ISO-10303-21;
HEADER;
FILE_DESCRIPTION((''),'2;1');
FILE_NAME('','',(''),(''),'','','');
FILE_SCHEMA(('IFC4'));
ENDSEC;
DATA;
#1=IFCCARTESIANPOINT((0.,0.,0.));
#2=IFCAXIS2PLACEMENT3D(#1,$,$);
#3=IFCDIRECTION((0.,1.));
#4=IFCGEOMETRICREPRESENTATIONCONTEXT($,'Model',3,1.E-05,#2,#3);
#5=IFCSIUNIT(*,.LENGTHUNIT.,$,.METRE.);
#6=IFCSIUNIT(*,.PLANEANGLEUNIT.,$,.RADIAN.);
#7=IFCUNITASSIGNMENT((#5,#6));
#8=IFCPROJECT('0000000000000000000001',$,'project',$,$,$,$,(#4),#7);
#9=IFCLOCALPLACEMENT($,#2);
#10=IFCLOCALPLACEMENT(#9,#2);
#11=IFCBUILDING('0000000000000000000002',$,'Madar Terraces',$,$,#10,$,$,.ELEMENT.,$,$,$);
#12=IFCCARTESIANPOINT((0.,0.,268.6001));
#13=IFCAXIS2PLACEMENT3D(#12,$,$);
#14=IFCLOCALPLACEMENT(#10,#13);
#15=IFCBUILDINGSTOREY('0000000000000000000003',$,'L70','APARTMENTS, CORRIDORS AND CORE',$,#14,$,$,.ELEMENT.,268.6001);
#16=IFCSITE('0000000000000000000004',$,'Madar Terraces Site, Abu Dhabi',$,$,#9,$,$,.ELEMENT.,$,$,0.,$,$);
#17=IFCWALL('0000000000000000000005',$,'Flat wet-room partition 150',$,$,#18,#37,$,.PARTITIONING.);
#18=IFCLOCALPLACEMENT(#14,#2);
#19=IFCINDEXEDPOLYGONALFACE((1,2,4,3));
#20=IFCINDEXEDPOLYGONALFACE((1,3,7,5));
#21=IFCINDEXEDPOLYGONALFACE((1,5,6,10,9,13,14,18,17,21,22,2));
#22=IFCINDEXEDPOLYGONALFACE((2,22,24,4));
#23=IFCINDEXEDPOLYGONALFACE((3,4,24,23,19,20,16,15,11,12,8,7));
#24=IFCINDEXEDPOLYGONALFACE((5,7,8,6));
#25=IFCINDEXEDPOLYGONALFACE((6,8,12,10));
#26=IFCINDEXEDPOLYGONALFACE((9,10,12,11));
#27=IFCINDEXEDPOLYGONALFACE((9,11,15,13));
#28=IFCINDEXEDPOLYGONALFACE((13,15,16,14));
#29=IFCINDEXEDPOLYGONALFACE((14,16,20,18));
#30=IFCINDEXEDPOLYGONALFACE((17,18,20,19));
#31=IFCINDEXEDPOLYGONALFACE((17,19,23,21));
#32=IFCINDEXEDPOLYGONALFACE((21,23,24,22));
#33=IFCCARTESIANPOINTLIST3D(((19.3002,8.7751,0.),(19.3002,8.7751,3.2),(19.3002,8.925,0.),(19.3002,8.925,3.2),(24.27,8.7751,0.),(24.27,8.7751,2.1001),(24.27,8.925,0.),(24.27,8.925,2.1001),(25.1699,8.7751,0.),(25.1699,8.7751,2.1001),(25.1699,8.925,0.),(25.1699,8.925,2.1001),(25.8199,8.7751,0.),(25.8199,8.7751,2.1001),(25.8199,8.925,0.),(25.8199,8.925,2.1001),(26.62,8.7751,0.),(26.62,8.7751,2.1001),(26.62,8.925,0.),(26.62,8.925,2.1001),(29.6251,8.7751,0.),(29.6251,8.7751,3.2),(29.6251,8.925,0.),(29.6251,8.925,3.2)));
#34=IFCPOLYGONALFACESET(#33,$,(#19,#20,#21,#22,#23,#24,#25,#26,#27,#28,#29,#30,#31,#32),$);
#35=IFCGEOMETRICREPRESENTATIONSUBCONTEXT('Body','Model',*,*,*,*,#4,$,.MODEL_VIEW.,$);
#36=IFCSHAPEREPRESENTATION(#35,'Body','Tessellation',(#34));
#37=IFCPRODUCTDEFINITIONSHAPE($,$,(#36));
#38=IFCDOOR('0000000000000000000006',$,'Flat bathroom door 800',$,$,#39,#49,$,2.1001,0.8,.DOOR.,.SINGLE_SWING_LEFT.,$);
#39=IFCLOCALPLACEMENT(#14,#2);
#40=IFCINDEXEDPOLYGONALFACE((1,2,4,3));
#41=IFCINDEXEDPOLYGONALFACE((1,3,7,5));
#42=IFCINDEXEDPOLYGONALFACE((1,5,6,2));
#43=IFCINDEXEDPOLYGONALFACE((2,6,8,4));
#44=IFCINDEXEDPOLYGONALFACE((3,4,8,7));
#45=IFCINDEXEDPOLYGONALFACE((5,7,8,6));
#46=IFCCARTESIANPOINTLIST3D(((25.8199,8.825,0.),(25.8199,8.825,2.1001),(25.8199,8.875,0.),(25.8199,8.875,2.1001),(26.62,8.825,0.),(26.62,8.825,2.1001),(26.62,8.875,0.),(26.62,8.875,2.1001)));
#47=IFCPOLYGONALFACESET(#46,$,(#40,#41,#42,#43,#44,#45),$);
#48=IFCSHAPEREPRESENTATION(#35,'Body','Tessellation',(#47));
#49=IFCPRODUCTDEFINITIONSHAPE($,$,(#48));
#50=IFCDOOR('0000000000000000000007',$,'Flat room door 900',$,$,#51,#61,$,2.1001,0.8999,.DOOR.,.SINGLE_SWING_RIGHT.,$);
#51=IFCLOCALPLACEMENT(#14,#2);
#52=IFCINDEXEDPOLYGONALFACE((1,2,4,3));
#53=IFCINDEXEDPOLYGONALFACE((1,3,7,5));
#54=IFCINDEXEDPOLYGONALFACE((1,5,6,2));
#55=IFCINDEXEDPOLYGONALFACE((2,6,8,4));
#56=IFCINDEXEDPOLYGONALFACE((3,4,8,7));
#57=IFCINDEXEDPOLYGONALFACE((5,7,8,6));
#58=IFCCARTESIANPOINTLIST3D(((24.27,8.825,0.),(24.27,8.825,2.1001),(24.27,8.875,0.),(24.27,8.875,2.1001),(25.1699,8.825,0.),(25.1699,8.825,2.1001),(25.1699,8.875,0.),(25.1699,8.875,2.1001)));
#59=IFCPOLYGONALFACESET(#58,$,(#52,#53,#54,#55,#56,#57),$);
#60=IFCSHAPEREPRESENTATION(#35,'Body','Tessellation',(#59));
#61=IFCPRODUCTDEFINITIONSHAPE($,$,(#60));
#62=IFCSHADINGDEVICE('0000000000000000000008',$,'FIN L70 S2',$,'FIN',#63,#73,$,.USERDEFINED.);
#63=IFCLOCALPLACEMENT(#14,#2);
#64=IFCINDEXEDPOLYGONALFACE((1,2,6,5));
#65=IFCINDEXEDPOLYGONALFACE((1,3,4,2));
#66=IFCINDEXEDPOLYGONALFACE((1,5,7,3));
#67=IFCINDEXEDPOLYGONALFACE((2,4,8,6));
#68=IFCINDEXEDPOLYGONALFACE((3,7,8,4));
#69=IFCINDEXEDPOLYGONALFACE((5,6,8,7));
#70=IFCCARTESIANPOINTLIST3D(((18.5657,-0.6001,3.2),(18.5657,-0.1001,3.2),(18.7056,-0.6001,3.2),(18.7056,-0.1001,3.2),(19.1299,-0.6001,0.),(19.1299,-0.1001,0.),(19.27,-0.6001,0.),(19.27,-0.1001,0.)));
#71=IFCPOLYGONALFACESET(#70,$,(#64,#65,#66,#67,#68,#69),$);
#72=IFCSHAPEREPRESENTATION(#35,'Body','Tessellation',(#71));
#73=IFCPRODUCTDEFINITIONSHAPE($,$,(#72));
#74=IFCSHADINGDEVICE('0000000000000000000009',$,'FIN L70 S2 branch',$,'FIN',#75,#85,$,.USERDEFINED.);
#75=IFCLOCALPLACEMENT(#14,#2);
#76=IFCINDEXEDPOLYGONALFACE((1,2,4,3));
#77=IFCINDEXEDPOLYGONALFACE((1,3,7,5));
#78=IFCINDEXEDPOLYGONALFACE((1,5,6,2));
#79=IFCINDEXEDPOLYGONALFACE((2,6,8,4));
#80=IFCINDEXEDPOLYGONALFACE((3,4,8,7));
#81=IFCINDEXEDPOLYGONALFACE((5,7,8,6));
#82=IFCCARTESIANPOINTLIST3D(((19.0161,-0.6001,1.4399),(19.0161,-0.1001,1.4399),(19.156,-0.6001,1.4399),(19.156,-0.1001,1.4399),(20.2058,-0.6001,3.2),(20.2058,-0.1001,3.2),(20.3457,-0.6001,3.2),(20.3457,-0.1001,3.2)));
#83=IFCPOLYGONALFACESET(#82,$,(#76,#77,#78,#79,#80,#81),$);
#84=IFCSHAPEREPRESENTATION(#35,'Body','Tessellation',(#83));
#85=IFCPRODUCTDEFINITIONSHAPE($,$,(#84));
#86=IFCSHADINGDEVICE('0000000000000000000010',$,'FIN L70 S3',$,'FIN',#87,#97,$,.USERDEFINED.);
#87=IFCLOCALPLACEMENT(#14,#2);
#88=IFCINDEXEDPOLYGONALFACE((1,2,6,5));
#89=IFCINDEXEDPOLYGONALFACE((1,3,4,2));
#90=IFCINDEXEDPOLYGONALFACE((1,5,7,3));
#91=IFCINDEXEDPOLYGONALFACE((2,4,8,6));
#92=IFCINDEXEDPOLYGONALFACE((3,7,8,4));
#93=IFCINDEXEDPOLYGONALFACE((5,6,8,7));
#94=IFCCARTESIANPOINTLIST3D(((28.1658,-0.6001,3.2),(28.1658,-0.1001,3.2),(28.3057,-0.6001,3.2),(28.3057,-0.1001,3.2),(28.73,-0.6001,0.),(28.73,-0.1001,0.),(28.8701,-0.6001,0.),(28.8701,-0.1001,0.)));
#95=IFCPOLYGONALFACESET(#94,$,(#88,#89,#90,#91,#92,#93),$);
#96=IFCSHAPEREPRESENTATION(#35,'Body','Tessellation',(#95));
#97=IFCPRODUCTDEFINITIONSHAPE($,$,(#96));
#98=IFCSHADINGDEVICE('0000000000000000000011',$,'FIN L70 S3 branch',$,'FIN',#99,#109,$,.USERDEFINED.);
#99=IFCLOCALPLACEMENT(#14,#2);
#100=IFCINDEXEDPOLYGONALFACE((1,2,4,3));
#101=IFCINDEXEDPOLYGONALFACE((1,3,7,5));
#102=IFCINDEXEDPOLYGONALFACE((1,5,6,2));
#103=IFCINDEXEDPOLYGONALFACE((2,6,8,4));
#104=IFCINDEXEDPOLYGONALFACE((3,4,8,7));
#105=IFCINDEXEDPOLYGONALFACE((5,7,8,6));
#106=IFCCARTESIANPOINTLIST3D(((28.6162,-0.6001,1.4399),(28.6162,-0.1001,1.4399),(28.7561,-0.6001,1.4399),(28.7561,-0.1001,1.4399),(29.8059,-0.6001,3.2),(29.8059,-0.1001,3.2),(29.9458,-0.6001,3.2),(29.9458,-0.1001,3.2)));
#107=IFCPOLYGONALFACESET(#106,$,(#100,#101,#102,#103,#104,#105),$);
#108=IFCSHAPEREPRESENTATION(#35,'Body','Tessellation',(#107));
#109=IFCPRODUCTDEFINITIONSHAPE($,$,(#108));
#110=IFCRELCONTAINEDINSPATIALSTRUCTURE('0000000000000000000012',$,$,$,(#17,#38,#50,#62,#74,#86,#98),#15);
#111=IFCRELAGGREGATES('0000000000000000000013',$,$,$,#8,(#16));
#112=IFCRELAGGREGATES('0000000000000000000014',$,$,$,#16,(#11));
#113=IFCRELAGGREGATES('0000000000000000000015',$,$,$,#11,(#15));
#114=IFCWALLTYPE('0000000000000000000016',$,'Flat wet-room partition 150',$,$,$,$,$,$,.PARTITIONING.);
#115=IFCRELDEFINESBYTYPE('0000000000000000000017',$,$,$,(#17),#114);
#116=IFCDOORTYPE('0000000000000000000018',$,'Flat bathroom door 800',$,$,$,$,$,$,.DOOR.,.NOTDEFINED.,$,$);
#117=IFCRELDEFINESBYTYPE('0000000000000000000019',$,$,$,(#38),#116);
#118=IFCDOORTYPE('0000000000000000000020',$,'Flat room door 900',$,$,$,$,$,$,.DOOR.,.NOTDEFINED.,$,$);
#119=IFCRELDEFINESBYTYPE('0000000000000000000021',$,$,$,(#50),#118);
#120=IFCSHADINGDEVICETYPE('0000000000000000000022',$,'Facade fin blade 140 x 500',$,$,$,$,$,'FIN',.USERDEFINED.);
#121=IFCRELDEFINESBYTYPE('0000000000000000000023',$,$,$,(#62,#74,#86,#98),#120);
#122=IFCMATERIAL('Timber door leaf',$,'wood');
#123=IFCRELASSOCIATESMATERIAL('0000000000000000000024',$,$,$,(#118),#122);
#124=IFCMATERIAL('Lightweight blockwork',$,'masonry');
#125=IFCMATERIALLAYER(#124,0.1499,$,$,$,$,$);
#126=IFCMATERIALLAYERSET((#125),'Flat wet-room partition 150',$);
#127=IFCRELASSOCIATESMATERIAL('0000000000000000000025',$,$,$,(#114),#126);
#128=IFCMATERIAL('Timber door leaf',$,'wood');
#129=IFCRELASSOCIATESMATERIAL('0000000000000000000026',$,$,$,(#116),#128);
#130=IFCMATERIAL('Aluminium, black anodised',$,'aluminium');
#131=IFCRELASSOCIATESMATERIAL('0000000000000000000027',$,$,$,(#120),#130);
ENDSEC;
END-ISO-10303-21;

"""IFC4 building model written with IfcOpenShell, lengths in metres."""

from ifc_helpers import new_model, si_unit, direction, frame, frame_2d, origin, place, context, subcontext, project, spatial, polyline, rectangle, outline, extrude, material, layer, layer_set, type_object, element, fill, save


model = new_model("IFC4")

# Units and contexts
model_context = context("Model", 3, precision=1e-05, world=origin(), true_north=direction((0.0, 1.0)))
body_context = subcontext(model_context, "Body", "Model", "MODEL_VIEW")
ifc_project = project(units=[si_unit("LENGTHUNIT", "METRE"), si_unit("PLANEANGLEUNIT", "RADIAN")], contexts=[model_context])

# Site, building, storey
site_placement = place(None, origin())
site = spatial("IfcSite", under=ifc_project, at=site_placement, Name="Madar Terraces Site, Abu Dhabi", CompositionType="ELEMENT", RefElevation=0.0)
building_placement = place(site_placement, origin())
building = spatial("IfcBuilding", under=site, at=building_placement, Name="Madar Terraces", CompositionType="ELEMENT")
storey_placement = place(building_placement, frame((0.0, 0.0, 268.6001)))
storey = spatial("IfcBuildingStorey", under=building, at=storey_placement, Name="L70", Description="APARTMENTS, CORRIDORS AND CORE", CompositionType="ELEMENT", Elevation=268.6001)

# Shared definitions
ifc_material_1 = material(Name="Timber door leaf", Category="wood")
door_type_1 = type_object("IfcDoorType", Name="Flat room door 900", OperationType="NOTDEFINED", PredefinedType="DOOR", material=ifc_material_1)

# Shared definitions
ifc_material_2 = material(Name="Lightweight blockwork", Category="masonry")
ifc_layer_1 = layer(ifc_material_2, 0.1499)
ifc_layer_set_1 = layer_set([ifc_layer_1], Name="Flat wet-room partition 150")
wall_type_1 = type_object("IfcWallType", Name="Flat wet-room partition 150", PredefinedType="PARTITIONING", material=ifc_layer_set_1)

# Wall, openings, doors
wall_1_placement = place(storey_placement, frame((19.3, 8.8501, 0.0), z_axis=(0.0, 0.0, 1.0), x_axis=(1.0, 0.0, 0.0)))
wall_1 = element("IfcWall", 1, at=wall_1_placement, inside=storey, type_object=wall_type_1, Name="Flat wet-room partition 150", PredefinedType="PARTITIONING", context=body_context, shape_type="SweptSolid", body=[
    extrude(rectangle(XDim=10.325, YDim=0.1499, at=frame_2d((5.1626, 0.0))), origin(), (0.0, 0.0, 1.0), 3.2),
])
opening_1_placement = place(wall_1_placement, frame((6.52, 0.0, 0.0)))
opening_1 = element("IfcOpeningElement", 2, at=opening_1_placement, cuts=wall_1, PredefinedType="OPENING", context=body_context, shape_type="SweptSolid", body=[
    extrude(rectangle(XDim=0.8, YDim=2.1001, at=frame_2d((0.3999, 1.05))), frame((0.0, 0.085, 0.0), z_axis=(0.0, -1.0, 0.0), x_axis=(1.0, 0.0, 0.0)), (0.0, 0.0, 1.0), 0.1699),
])
opening_2_placement = place(wall_1_placement, frame((4.97, 0.0, 0.0)))
opening_2 = element("IfcOpeningElement", 3, at=opening_2_placement, cuts=wall_1, PredefinedType="OPENING", context=body_context, shape_type="SweptSolid", body=[
    extrude(rectangle(XDim=0.8999, YDim=2.1001, at=frame_2d((0.45, 1.05))), frame((0.0, 0.085, 0.0), z_axis=(0.0, -1.0, 0.0), x_axis=(1.0, 0.0, 0.0)), (0.0, 0.0, 1.0), 0.1699),
])
ifc_material_3 = material(Name="Timber door leaf", Category="wood")
door_type_2 = type_object("IfcDoorType", Name="Flat bathroom door 800", OperationType="NOTDEFINED", PredefinedType="DOOR", material=ifc_material_3)
door_1_placement = place(opening_1_placement, origin())
door_1 = element("IfcDoor", 4, at=door_1_placement, inside=storey, type_object=door_type_2, Name="Flat bathroom door 800", OperationType="SINGLE_SWING_LEFT", OverallHeight=2.1001, OverallWidth=0.8, PredefinedType="DOOR", context=body_context, shape_type="SweptSolid", body=[
    extrude(rectangle(XDim=0.8, YDim=2.1001, at=frame_2d((0.3999, 1.05))), frame((0.0, 0.0249, 0.0), z_axis=(0.0, -1.0, 0.0), x_axis=(1.0, 0.0, 0.0)), (0.0, 0.0, 1.0), 0.05),
])
fill(opening_1, door_1)
door_2_placement = place(opening_2_placement, origin())
door_2 = element("IfcDoor", 5, at=door_2_placement, inside=storey, type_object=door_type_1, Name="Flat room door 900", OperationType="SINGLE_SWING_RIGHT", OverallHeight=2.1001, OverallWidth=0.8999, PredefinedType="DOOR", context=body_context, shape_type="SweptSolid", body=[
    extrude(rectangle(XDim=0.8999, YDim=2.1001, at=frame_2d((0.45, 1.05))), frame((0.0, 0.0249, 0.0), z_axis=(0.0, -1.0, 0.0), x_axis=(1.0, 0.0, 0.0)), (0.0, 0.0, 1.0), 0.05),
])
fill(opening_2, door_2)

# Shading devices
ifc_material_4 = material(Name="Aluminium, black anodised", Category="aluminium")
shading_device_type = type_object("IfcShadingDeviceType", Name="Facade fin blade 140 x 500", ElementType="FIN", PredefinedType="USERDEFINED", material=ifc_material_4)
shading_device_1_placement = place(storey_placement, frame((19.1299, -0.3501, 0.0), z_axis=(0.0, 0.0, 1.0), x_axis=(1.0, 0.0, 0.0)))
element("IfcShadingDevice", 6, at=shading_device_1_placement, inside=storey, type_object=shading_device_type, Name="FIN L70 S2", ObjectType="FIN", PredefinedType="USERDEFINED", context=body_context, shape_type="SweptSolid", body=[
    extrude(outline(polyline([(0.0, 0.0), (0.1401, 0.0), (-0.4243, 3.2), (-0.5642, 3.2), (0.0, 0.0)])), frame((0.0, 0.25, 0.0), z_axis=(0.0, -1.0, 0.0), x_axis=(1.0, 0.0, 0.0)), (0.0, 0.0, 1.0), 0.5),
])
shading_device_2_placement = place(storey_placement, frame((19.0161, -0.3501, 1.4399), z_axis=(0.0, 0.0, 1.0), x_axis=(1.0, 0.0, 0.0)))
element("IfcShadingDevice", 7, at=shading_device_2_placement, inside=storey, type_object=shading_device_type, Name="FIN L70 S2 branch", ObjectType="FIN", PredefinedType="USERDEFINED", context=body_context, shape_type="SweptSolid", body=[
    extrude(outline(polyline([(0.0, 0.0), (0.1399, 0.0), (1.3296, 1.76), (1.1897, 1.76), (0.0, 0.0)])), frame((0.0, 0.25, 0.0), z_axis=(0.0, -1.0, 0.0), x_axis=(1.0, 0.0, 0.0)), (0.0, 0.0, 1.0), 0.5),
])
shading_device_3_placement = place(storey_placement, frame((28.73, -0.3501, 0.0), z_axis=(0.0, 0.0, 1.0), x_axis=(1.0, 0.0, 0.0)))
element("IfcShadingDevice", 8, at=shading_device_3_placement, inside=storey, type_object=shading_device_type, Name="FIN L70 S3", ObjectType="FIN", PredefinedType="USERDEFINED", context=body_context, shape_type="SweptSolid", body=[
    extrude(outline(polyline([(0.0, 0.0), (0.1401, 0.0), (-0.4243, 3.2), (-0.5642, 3.2), (0.0, 0.0)])), frame((0.0, 0.25, 0.0), z_axis=(0.0, -1.0, 0.0), x_axis=(1.0, 0.0, 0.0)), (0.0, 0.0, 1.0), 0.5),
])
shading_device_4_placement = place(storey_placement, frame((28.6162, -0.3501, 1.4399), z_axis=(0.0, 0.0, 1.0), x_axis=(1.0, 0.0, 0.0)))
element("IfcShadingDevice", 9, at=shading_device_4_placement, inside=storey, type_object=shading_device_type, Name="FIN L70 S3 branch", ObjectType="FIN", PredefinedType="USERDEFINED", context=body_context, shape_type="SweptSolid", body=[
    extrude(outline(polyline([(0.0, 0.0), (0.1399, 0.0), (1.3296, 1.76), (1.1897, 1.76), (0.0, 0.0)])), frame((0.0, 0.25, 0.0), z_axis=(0.0, -1.0, 0.0), x_axis=(1.0, 0.0, 0.0)), (0.0, 0.0, 1.0), 0.5),
])

save(model, "model.ifc")
